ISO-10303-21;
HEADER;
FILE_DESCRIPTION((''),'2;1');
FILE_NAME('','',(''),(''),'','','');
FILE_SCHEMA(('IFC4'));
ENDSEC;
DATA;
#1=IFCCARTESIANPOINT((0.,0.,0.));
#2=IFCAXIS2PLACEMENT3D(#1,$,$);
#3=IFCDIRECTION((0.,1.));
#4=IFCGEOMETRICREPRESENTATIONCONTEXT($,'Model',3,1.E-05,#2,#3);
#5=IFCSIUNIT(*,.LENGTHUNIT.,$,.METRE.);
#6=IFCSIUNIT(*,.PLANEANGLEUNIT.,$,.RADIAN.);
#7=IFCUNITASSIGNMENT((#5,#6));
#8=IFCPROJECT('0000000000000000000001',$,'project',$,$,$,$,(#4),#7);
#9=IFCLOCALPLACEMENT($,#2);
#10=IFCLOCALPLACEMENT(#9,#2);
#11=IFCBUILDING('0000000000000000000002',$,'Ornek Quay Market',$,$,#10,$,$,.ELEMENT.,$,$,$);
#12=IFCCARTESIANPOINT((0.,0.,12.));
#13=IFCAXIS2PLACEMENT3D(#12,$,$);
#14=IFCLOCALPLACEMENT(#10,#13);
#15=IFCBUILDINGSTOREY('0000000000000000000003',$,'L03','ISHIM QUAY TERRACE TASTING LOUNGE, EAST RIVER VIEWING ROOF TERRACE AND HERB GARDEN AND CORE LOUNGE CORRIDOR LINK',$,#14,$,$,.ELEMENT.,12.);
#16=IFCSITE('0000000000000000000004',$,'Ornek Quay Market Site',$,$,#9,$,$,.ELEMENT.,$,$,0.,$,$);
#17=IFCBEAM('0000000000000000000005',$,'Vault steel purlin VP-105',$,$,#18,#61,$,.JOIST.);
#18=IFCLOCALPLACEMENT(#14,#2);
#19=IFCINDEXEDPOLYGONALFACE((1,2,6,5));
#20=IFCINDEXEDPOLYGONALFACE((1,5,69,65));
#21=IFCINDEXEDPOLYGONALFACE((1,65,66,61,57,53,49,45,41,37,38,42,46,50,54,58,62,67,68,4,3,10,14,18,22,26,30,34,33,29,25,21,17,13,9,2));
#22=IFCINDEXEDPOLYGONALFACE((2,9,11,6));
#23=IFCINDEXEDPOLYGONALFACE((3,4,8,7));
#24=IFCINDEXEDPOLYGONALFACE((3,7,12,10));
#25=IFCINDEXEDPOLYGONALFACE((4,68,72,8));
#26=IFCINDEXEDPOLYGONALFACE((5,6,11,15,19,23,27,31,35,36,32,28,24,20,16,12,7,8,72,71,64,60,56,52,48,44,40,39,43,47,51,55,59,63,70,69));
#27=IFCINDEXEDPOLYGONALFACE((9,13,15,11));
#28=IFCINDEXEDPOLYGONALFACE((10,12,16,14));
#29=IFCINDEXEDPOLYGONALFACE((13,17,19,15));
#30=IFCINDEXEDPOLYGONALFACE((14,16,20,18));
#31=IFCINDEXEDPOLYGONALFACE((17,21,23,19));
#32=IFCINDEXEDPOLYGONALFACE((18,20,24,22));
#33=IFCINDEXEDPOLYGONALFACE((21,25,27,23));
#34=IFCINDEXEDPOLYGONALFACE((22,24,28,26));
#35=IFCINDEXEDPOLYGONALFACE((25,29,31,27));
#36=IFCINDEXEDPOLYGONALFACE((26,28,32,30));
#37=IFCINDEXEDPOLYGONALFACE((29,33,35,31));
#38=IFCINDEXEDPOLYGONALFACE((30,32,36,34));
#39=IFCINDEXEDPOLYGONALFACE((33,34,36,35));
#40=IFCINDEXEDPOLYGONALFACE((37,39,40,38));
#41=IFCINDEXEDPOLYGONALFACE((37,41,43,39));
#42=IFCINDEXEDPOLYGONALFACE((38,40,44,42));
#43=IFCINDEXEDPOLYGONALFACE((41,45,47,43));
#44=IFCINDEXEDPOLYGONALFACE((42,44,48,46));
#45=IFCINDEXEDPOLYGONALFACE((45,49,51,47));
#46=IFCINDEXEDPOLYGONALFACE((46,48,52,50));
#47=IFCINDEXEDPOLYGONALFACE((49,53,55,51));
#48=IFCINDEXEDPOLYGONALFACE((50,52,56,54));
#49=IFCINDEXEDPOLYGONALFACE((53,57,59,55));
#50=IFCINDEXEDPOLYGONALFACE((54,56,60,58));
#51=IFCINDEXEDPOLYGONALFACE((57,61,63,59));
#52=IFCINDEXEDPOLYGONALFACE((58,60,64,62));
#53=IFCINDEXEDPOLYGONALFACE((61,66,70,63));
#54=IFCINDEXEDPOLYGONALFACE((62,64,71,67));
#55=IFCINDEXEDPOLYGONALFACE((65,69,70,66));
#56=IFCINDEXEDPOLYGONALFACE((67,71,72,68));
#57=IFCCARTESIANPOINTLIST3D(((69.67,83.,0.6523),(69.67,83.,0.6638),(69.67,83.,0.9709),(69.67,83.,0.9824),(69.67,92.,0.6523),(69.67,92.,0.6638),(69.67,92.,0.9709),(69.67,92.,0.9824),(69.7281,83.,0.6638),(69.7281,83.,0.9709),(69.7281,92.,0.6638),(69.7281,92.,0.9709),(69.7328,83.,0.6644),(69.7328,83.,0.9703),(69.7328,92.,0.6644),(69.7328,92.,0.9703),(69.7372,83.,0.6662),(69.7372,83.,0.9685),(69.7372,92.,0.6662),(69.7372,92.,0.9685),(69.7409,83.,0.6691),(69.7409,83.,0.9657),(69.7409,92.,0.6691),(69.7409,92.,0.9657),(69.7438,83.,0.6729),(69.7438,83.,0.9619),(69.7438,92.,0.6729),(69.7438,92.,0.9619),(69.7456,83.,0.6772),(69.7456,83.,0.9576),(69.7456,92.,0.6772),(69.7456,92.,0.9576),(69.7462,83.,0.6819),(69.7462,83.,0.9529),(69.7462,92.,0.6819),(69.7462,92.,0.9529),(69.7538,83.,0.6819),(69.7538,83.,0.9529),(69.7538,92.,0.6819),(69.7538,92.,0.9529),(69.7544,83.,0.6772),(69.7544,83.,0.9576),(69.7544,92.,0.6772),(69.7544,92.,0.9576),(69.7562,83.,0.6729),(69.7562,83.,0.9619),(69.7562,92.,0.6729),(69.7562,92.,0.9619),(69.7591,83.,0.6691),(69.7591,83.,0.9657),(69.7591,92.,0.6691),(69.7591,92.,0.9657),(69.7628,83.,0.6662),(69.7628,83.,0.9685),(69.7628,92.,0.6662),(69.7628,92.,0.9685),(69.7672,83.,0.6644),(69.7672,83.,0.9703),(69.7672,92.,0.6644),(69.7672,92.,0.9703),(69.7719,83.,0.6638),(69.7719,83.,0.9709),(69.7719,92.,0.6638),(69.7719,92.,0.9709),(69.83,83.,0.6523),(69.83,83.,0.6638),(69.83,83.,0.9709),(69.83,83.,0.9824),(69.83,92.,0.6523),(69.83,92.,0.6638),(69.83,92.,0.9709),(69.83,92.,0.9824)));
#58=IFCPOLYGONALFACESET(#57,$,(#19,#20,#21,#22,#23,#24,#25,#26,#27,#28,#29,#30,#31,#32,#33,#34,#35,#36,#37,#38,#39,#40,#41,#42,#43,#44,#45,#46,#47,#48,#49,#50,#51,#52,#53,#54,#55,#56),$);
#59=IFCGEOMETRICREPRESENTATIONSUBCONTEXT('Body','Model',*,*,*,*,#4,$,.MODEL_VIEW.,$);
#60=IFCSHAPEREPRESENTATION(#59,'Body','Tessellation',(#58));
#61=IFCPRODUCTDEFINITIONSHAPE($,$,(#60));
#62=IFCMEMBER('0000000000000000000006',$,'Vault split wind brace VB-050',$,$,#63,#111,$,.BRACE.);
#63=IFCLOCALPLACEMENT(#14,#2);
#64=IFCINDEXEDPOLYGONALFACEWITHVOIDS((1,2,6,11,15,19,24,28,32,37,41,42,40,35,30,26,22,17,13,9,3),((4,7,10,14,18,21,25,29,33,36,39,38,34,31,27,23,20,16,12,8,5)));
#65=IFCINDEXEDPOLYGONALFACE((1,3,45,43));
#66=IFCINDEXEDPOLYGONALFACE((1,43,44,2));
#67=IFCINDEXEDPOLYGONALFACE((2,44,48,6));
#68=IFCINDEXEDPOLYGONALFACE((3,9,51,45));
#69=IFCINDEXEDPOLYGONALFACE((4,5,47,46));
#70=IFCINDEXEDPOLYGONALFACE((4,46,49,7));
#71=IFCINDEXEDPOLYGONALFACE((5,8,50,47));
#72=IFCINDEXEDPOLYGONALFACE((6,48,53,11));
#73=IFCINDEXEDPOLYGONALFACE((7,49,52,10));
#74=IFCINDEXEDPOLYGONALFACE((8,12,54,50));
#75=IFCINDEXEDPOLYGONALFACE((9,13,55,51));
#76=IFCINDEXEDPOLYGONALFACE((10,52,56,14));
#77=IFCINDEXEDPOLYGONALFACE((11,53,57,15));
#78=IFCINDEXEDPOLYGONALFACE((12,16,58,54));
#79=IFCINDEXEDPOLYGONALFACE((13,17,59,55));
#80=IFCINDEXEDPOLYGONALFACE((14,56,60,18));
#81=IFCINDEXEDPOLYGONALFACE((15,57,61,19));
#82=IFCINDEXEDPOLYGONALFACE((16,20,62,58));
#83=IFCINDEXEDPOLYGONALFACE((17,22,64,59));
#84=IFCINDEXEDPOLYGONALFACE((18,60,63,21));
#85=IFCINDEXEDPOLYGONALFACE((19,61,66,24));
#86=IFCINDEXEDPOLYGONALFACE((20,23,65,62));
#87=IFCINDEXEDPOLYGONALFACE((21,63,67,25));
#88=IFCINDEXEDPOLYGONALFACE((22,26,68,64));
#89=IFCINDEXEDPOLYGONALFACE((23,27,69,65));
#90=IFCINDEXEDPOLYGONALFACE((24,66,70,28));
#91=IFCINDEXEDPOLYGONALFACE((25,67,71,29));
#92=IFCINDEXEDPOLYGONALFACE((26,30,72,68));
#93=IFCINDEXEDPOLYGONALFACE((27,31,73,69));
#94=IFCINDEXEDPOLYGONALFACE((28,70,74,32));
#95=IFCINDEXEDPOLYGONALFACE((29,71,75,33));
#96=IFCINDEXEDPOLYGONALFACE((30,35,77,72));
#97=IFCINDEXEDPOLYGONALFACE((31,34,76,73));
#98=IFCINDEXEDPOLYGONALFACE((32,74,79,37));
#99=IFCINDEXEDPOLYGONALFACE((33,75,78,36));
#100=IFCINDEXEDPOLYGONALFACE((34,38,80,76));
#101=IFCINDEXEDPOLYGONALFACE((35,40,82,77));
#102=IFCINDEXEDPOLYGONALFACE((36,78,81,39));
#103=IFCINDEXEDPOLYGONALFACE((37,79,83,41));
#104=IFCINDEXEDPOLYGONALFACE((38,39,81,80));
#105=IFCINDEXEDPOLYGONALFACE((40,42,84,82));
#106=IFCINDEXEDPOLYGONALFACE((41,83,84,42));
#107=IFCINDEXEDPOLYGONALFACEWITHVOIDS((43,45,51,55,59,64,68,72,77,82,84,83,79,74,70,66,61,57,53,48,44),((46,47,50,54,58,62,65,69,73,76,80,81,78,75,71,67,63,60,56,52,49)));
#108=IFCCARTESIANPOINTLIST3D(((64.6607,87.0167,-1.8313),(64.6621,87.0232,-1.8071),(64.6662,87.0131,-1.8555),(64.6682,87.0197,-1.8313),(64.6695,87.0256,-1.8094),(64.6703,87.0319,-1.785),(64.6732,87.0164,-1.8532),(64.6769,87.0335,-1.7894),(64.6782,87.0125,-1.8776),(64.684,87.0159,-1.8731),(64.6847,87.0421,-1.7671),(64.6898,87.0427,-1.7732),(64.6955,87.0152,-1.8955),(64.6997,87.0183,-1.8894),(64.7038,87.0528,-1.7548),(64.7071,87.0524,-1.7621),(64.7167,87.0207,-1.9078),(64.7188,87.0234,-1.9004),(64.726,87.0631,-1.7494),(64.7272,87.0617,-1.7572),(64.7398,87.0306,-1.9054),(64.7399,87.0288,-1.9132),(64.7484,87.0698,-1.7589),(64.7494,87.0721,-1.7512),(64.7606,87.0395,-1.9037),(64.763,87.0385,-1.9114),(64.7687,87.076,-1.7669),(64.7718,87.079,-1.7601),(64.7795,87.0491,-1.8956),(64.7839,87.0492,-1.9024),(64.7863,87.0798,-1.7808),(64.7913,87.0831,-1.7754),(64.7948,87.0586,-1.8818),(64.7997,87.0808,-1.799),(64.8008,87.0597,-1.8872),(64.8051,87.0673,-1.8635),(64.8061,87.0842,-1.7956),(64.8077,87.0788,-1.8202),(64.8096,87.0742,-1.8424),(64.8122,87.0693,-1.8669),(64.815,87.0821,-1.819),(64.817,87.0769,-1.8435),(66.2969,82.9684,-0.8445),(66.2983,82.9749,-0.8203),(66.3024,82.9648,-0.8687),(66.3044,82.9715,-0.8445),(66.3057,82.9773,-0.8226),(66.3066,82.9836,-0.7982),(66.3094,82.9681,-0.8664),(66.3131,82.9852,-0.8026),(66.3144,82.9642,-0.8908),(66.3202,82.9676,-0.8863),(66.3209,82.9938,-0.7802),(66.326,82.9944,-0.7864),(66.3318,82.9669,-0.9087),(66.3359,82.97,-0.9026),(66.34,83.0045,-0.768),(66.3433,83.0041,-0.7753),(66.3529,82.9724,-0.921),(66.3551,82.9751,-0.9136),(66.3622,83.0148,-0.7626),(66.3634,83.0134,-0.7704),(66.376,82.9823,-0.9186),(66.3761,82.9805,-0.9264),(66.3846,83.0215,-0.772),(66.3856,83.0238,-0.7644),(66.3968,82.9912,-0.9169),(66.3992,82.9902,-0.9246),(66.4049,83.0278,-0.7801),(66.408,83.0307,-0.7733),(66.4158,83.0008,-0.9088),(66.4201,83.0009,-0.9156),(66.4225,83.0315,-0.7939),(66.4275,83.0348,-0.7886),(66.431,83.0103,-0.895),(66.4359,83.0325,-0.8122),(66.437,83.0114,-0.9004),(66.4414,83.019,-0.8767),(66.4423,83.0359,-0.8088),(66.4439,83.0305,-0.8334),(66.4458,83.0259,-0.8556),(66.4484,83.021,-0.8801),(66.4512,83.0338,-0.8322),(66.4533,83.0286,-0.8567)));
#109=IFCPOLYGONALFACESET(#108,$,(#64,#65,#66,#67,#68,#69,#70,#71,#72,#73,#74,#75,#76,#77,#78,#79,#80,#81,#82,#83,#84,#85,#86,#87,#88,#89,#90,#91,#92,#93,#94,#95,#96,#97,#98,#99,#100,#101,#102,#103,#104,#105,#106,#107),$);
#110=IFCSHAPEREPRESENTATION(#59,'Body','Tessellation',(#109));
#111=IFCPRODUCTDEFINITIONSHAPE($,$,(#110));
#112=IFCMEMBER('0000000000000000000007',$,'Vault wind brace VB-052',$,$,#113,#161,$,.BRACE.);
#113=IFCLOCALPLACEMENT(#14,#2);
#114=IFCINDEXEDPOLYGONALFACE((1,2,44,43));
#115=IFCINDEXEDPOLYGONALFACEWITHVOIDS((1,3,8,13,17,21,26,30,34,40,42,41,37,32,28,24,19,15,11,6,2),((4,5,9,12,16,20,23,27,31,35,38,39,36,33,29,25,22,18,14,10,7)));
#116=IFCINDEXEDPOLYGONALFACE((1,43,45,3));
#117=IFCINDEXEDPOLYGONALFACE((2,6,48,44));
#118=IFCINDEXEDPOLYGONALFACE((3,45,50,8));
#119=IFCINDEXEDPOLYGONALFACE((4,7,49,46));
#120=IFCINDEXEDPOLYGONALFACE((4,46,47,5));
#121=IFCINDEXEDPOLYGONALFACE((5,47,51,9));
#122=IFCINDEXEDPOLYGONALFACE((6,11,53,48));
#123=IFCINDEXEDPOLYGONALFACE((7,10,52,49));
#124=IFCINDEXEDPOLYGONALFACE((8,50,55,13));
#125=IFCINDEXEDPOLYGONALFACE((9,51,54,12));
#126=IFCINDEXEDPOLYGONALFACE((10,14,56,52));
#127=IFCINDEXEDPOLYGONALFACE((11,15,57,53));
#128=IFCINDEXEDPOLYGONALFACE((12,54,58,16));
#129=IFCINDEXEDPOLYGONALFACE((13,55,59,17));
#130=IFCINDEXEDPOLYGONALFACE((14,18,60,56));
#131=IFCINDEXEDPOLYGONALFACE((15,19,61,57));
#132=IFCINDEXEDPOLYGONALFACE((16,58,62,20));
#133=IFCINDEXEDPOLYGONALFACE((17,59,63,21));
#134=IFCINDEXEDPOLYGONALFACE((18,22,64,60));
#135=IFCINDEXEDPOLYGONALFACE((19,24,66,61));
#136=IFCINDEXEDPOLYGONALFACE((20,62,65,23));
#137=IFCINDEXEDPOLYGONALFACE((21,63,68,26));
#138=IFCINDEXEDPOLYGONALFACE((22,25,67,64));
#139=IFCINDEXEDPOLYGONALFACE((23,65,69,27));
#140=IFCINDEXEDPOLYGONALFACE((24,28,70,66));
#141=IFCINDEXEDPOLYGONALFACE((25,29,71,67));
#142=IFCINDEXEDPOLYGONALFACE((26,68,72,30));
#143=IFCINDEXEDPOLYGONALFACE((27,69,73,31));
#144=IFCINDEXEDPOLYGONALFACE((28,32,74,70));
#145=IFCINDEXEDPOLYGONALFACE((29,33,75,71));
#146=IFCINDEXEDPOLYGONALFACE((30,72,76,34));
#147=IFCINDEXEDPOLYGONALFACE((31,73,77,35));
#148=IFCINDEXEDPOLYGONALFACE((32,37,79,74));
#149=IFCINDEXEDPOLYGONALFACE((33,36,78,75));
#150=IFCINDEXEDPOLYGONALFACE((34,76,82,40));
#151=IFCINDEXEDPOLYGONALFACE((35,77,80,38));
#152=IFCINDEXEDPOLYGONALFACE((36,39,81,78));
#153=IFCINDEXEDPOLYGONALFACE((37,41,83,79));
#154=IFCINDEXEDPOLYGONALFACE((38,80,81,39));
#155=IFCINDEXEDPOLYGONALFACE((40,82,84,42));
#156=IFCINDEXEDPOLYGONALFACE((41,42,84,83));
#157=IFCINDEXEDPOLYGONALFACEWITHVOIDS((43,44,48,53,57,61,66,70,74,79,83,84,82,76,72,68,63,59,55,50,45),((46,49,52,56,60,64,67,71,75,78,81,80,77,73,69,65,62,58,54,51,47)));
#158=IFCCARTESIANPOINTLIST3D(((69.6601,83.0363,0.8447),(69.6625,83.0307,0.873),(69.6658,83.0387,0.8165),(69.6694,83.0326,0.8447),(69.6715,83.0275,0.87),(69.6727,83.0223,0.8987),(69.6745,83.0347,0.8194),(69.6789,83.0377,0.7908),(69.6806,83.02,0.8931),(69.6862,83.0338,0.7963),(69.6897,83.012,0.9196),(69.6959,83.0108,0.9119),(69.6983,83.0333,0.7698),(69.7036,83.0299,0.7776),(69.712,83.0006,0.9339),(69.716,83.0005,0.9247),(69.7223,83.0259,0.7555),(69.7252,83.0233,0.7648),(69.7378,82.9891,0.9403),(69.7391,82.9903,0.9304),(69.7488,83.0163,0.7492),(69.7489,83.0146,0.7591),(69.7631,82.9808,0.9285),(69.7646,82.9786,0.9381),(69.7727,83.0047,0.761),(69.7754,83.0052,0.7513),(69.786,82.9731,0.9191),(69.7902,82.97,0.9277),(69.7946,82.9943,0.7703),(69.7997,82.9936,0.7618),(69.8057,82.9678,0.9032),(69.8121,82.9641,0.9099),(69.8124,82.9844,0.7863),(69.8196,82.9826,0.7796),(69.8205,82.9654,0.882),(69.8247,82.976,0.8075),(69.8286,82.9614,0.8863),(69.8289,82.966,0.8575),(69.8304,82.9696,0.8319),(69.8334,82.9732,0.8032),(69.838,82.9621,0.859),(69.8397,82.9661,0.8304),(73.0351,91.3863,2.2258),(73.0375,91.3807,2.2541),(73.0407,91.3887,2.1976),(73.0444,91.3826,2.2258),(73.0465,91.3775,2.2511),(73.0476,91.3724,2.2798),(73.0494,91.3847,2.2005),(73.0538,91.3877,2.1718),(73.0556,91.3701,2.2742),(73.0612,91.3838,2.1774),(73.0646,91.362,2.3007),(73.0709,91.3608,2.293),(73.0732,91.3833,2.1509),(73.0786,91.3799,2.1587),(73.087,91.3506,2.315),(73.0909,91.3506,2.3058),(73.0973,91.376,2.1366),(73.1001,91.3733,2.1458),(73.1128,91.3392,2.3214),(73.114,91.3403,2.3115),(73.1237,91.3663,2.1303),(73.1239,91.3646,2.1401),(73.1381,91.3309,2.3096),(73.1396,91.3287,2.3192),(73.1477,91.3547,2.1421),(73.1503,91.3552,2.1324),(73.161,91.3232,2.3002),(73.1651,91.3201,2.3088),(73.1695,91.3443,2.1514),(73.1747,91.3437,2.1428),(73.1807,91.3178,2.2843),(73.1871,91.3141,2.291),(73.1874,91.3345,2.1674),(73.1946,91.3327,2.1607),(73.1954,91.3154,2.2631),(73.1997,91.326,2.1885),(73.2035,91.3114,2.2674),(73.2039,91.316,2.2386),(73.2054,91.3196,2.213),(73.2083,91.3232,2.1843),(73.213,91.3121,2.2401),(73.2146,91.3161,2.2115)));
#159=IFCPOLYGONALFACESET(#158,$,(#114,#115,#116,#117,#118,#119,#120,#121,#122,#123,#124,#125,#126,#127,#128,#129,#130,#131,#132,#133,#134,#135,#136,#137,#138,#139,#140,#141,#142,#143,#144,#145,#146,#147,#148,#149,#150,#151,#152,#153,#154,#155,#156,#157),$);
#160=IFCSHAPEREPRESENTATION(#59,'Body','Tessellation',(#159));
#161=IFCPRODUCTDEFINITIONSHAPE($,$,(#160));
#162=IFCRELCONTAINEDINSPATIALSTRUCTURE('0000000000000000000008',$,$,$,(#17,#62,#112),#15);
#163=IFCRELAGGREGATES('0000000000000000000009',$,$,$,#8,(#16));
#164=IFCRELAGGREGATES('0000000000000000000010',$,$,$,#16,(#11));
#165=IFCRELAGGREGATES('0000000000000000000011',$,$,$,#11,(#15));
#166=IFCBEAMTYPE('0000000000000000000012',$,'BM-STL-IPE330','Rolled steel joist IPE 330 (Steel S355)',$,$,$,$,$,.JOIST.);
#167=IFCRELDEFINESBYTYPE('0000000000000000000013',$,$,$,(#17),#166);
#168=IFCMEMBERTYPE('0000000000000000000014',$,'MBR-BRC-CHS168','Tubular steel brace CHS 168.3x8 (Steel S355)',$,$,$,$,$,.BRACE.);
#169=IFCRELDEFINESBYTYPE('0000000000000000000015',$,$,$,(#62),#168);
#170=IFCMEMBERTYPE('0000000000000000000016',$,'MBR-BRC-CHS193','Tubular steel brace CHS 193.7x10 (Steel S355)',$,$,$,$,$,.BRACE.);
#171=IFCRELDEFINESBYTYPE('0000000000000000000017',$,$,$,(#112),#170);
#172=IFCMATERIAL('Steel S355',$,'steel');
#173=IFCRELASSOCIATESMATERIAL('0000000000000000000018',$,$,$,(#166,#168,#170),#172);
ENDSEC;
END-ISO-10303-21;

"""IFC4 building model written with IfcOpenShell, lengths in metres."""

from ifc_helpers import new_model, si_unit, direction, frame, origin, origin_2d, place, context, subcontext, project, spatial, hollow_circle, i_section, extrude, material, material_profile, profile_set, type_object, element, save


model = new_model("IFC4")

# Units and contexts
model_context = context("Model", 3, precision=1e-05, world=origin(), true_north=direction((0.0, 1.0)))
body_context = subcontext(model_context, "Body", "Model", "MODEL_VIEW")
ifc_project = project(units=[si_unit("LENGTHUNIT", "METRE"), si_unit("PLANEANGLEUNIT", "RADIAN")], contexts=[model_context])

# Site, building, storey
site_placement = place(None, origin())
site = spatial("IfcSite", under=ifc_project, at=site_placement, Name="Ornek Quay Market Site", CompositionType="ELEMENT", RefElevation=0.0)
building_placement = place(site_placement, origin())
building = spatial("IfcBuilding", under=site, at=building_placement, Name="Ornek Quay Market", CompositionType="ELEMENT")
storey_placement = place(building_placement, frame((0.0, 0.0, 12.0)))
storey = spatial("IfcBuildingStorey", under=building, at=storey_placement, Name="L03", Description="ISHIM QUAY TERRACE TASTING LOUNGE, EAST RIVER VIEWING ROOF TERRACE AND HERB GARDEN AND CORE LOUNGE CORRIDOR LINK", CompositionType="ELEMENT", Elevation=12.0)

# Beam
ifc_material_1 = material(Name="Steel S355", Category="steel")
ifc_material_profile_1 = material_profile(ifc_material_1, i_section(OverallWidth=0.1599, OverallDepth=0.3301, WebThickness=0.0076, FlangeThickness=0.0115, FilletRadius=0.0181, at=origin_2d()), Name="IPE 330", Category="steel")
ifc_profile_set_1 = profile_set([ifc_material_profile_1], Name="Steel S355")
beam_type_1 = type_object("IfcBeamType", Name="BM-STL-IPE330", Description="Rolled steel joist IPE 330 (Steel S355)", PredefinedType="JOIST", material=ifc_profile_set_1)
for number, where, z_axis, x_axis, name in (
    (1, (69.75, 83.0, 0.8174), (0.0, 1.0, 0.0), (-1.0, 0.0, 0.0), "Vault steel purlin VP-105"),
):
    element("IfcBeam", number, at=place(storey_placement, frame(where, z_axis=z_axis, x_axis=x_axis)), inside=storey, type_object=beam_type_1, Name=name, PredefinedType="JOIST", context=body_context, shape_type="SweptSolid", body=[
        extrude(i_section(OverallWidth=0.1599, OverallDepth=0.3301, WebThickness=0.0076, FlangeThickness=0.0115, FilletRadius=0.0181, at=origin_2d()), origin(), (0.0, 0.0, 1.0), 9.0),
    ])

# Members
ifc_material_profile_2 = material_profile(ifc_material_1, hollow_circle(Radius=0.0842, WallThickness=0.0081, at=origin_2d()), Name="CHS 168.3x8", Category="steel")
ifc_profile_set_2 = profile_set([ifc_material_profile_2], Name="Steel S355")
member_type_1 = type_object("IfcMemberType", Name="MBR-BRC-CHS168", Description="Tubular steel brace CHS 168.3x8 (Steel S355)", PredefinedType="BRACE", material=ifc_profile_set_2)
member_1_placement = place(storey_placement, frame((66.375, 83.0, -0.8445), z_axis=(-0.365506, 0.90433, -0.220438), x_axis=(-0.927137, -0.374724, 0.0)))
element("IfcMember", 2, at=member_1_placement, inside=storey, type_object=member_type_1, Name="Vault split wind brace VB-050", PredefinedType="BRACE", context=body_context, shape_type="SweptSolid", body=[
    extrude(hollow_circle(Radius=0.0842, WallThickness=0.0081, at=origin_2d()), origin(), (0.0, 0.0, 1.0), 4.4766),
])
ifc_material_profile_3 = material_profile(ifc_material_1, hollow_circle(Radius=0.0969, WallThickness=0.01, at=origin_2d()), Name="CHS 193.7x10", Category="steel")
ifc_profile_set_3 = profile_set([ifc_material_profile_3], Name="Steel S355")
member_type_2 = type_object("IfcMemberType", Name="MBR-BRC-CHS193", Description="Tubular steel brace CHS 193.7x10 (Steel S355)", PredefinedType="BRACE", material=ifc_profile_set_3)
member_2_placement = place(storey_placement, frame((69.75, 83.0, 0.8447), z_axis=(0.370405, 0.91642, 0.151576), x_axis=(-0.927132, 0.374735, 0.0)))
element("IfcMember", 3, at=member_2_placement, inside=storey, type_object=member_type_2, Name="Vault wind brace VB-052", PredefinedType="BRACE", context=body_context, shape_type="SweptSolid", body=[
    extrude(hollow_circle(Radius=0.0969, WallThickness=0.01, at=origin_2d()), origin(), (0.0, 0.0, 1.0), 9.1116),
])

save(model, "model.ifc")
